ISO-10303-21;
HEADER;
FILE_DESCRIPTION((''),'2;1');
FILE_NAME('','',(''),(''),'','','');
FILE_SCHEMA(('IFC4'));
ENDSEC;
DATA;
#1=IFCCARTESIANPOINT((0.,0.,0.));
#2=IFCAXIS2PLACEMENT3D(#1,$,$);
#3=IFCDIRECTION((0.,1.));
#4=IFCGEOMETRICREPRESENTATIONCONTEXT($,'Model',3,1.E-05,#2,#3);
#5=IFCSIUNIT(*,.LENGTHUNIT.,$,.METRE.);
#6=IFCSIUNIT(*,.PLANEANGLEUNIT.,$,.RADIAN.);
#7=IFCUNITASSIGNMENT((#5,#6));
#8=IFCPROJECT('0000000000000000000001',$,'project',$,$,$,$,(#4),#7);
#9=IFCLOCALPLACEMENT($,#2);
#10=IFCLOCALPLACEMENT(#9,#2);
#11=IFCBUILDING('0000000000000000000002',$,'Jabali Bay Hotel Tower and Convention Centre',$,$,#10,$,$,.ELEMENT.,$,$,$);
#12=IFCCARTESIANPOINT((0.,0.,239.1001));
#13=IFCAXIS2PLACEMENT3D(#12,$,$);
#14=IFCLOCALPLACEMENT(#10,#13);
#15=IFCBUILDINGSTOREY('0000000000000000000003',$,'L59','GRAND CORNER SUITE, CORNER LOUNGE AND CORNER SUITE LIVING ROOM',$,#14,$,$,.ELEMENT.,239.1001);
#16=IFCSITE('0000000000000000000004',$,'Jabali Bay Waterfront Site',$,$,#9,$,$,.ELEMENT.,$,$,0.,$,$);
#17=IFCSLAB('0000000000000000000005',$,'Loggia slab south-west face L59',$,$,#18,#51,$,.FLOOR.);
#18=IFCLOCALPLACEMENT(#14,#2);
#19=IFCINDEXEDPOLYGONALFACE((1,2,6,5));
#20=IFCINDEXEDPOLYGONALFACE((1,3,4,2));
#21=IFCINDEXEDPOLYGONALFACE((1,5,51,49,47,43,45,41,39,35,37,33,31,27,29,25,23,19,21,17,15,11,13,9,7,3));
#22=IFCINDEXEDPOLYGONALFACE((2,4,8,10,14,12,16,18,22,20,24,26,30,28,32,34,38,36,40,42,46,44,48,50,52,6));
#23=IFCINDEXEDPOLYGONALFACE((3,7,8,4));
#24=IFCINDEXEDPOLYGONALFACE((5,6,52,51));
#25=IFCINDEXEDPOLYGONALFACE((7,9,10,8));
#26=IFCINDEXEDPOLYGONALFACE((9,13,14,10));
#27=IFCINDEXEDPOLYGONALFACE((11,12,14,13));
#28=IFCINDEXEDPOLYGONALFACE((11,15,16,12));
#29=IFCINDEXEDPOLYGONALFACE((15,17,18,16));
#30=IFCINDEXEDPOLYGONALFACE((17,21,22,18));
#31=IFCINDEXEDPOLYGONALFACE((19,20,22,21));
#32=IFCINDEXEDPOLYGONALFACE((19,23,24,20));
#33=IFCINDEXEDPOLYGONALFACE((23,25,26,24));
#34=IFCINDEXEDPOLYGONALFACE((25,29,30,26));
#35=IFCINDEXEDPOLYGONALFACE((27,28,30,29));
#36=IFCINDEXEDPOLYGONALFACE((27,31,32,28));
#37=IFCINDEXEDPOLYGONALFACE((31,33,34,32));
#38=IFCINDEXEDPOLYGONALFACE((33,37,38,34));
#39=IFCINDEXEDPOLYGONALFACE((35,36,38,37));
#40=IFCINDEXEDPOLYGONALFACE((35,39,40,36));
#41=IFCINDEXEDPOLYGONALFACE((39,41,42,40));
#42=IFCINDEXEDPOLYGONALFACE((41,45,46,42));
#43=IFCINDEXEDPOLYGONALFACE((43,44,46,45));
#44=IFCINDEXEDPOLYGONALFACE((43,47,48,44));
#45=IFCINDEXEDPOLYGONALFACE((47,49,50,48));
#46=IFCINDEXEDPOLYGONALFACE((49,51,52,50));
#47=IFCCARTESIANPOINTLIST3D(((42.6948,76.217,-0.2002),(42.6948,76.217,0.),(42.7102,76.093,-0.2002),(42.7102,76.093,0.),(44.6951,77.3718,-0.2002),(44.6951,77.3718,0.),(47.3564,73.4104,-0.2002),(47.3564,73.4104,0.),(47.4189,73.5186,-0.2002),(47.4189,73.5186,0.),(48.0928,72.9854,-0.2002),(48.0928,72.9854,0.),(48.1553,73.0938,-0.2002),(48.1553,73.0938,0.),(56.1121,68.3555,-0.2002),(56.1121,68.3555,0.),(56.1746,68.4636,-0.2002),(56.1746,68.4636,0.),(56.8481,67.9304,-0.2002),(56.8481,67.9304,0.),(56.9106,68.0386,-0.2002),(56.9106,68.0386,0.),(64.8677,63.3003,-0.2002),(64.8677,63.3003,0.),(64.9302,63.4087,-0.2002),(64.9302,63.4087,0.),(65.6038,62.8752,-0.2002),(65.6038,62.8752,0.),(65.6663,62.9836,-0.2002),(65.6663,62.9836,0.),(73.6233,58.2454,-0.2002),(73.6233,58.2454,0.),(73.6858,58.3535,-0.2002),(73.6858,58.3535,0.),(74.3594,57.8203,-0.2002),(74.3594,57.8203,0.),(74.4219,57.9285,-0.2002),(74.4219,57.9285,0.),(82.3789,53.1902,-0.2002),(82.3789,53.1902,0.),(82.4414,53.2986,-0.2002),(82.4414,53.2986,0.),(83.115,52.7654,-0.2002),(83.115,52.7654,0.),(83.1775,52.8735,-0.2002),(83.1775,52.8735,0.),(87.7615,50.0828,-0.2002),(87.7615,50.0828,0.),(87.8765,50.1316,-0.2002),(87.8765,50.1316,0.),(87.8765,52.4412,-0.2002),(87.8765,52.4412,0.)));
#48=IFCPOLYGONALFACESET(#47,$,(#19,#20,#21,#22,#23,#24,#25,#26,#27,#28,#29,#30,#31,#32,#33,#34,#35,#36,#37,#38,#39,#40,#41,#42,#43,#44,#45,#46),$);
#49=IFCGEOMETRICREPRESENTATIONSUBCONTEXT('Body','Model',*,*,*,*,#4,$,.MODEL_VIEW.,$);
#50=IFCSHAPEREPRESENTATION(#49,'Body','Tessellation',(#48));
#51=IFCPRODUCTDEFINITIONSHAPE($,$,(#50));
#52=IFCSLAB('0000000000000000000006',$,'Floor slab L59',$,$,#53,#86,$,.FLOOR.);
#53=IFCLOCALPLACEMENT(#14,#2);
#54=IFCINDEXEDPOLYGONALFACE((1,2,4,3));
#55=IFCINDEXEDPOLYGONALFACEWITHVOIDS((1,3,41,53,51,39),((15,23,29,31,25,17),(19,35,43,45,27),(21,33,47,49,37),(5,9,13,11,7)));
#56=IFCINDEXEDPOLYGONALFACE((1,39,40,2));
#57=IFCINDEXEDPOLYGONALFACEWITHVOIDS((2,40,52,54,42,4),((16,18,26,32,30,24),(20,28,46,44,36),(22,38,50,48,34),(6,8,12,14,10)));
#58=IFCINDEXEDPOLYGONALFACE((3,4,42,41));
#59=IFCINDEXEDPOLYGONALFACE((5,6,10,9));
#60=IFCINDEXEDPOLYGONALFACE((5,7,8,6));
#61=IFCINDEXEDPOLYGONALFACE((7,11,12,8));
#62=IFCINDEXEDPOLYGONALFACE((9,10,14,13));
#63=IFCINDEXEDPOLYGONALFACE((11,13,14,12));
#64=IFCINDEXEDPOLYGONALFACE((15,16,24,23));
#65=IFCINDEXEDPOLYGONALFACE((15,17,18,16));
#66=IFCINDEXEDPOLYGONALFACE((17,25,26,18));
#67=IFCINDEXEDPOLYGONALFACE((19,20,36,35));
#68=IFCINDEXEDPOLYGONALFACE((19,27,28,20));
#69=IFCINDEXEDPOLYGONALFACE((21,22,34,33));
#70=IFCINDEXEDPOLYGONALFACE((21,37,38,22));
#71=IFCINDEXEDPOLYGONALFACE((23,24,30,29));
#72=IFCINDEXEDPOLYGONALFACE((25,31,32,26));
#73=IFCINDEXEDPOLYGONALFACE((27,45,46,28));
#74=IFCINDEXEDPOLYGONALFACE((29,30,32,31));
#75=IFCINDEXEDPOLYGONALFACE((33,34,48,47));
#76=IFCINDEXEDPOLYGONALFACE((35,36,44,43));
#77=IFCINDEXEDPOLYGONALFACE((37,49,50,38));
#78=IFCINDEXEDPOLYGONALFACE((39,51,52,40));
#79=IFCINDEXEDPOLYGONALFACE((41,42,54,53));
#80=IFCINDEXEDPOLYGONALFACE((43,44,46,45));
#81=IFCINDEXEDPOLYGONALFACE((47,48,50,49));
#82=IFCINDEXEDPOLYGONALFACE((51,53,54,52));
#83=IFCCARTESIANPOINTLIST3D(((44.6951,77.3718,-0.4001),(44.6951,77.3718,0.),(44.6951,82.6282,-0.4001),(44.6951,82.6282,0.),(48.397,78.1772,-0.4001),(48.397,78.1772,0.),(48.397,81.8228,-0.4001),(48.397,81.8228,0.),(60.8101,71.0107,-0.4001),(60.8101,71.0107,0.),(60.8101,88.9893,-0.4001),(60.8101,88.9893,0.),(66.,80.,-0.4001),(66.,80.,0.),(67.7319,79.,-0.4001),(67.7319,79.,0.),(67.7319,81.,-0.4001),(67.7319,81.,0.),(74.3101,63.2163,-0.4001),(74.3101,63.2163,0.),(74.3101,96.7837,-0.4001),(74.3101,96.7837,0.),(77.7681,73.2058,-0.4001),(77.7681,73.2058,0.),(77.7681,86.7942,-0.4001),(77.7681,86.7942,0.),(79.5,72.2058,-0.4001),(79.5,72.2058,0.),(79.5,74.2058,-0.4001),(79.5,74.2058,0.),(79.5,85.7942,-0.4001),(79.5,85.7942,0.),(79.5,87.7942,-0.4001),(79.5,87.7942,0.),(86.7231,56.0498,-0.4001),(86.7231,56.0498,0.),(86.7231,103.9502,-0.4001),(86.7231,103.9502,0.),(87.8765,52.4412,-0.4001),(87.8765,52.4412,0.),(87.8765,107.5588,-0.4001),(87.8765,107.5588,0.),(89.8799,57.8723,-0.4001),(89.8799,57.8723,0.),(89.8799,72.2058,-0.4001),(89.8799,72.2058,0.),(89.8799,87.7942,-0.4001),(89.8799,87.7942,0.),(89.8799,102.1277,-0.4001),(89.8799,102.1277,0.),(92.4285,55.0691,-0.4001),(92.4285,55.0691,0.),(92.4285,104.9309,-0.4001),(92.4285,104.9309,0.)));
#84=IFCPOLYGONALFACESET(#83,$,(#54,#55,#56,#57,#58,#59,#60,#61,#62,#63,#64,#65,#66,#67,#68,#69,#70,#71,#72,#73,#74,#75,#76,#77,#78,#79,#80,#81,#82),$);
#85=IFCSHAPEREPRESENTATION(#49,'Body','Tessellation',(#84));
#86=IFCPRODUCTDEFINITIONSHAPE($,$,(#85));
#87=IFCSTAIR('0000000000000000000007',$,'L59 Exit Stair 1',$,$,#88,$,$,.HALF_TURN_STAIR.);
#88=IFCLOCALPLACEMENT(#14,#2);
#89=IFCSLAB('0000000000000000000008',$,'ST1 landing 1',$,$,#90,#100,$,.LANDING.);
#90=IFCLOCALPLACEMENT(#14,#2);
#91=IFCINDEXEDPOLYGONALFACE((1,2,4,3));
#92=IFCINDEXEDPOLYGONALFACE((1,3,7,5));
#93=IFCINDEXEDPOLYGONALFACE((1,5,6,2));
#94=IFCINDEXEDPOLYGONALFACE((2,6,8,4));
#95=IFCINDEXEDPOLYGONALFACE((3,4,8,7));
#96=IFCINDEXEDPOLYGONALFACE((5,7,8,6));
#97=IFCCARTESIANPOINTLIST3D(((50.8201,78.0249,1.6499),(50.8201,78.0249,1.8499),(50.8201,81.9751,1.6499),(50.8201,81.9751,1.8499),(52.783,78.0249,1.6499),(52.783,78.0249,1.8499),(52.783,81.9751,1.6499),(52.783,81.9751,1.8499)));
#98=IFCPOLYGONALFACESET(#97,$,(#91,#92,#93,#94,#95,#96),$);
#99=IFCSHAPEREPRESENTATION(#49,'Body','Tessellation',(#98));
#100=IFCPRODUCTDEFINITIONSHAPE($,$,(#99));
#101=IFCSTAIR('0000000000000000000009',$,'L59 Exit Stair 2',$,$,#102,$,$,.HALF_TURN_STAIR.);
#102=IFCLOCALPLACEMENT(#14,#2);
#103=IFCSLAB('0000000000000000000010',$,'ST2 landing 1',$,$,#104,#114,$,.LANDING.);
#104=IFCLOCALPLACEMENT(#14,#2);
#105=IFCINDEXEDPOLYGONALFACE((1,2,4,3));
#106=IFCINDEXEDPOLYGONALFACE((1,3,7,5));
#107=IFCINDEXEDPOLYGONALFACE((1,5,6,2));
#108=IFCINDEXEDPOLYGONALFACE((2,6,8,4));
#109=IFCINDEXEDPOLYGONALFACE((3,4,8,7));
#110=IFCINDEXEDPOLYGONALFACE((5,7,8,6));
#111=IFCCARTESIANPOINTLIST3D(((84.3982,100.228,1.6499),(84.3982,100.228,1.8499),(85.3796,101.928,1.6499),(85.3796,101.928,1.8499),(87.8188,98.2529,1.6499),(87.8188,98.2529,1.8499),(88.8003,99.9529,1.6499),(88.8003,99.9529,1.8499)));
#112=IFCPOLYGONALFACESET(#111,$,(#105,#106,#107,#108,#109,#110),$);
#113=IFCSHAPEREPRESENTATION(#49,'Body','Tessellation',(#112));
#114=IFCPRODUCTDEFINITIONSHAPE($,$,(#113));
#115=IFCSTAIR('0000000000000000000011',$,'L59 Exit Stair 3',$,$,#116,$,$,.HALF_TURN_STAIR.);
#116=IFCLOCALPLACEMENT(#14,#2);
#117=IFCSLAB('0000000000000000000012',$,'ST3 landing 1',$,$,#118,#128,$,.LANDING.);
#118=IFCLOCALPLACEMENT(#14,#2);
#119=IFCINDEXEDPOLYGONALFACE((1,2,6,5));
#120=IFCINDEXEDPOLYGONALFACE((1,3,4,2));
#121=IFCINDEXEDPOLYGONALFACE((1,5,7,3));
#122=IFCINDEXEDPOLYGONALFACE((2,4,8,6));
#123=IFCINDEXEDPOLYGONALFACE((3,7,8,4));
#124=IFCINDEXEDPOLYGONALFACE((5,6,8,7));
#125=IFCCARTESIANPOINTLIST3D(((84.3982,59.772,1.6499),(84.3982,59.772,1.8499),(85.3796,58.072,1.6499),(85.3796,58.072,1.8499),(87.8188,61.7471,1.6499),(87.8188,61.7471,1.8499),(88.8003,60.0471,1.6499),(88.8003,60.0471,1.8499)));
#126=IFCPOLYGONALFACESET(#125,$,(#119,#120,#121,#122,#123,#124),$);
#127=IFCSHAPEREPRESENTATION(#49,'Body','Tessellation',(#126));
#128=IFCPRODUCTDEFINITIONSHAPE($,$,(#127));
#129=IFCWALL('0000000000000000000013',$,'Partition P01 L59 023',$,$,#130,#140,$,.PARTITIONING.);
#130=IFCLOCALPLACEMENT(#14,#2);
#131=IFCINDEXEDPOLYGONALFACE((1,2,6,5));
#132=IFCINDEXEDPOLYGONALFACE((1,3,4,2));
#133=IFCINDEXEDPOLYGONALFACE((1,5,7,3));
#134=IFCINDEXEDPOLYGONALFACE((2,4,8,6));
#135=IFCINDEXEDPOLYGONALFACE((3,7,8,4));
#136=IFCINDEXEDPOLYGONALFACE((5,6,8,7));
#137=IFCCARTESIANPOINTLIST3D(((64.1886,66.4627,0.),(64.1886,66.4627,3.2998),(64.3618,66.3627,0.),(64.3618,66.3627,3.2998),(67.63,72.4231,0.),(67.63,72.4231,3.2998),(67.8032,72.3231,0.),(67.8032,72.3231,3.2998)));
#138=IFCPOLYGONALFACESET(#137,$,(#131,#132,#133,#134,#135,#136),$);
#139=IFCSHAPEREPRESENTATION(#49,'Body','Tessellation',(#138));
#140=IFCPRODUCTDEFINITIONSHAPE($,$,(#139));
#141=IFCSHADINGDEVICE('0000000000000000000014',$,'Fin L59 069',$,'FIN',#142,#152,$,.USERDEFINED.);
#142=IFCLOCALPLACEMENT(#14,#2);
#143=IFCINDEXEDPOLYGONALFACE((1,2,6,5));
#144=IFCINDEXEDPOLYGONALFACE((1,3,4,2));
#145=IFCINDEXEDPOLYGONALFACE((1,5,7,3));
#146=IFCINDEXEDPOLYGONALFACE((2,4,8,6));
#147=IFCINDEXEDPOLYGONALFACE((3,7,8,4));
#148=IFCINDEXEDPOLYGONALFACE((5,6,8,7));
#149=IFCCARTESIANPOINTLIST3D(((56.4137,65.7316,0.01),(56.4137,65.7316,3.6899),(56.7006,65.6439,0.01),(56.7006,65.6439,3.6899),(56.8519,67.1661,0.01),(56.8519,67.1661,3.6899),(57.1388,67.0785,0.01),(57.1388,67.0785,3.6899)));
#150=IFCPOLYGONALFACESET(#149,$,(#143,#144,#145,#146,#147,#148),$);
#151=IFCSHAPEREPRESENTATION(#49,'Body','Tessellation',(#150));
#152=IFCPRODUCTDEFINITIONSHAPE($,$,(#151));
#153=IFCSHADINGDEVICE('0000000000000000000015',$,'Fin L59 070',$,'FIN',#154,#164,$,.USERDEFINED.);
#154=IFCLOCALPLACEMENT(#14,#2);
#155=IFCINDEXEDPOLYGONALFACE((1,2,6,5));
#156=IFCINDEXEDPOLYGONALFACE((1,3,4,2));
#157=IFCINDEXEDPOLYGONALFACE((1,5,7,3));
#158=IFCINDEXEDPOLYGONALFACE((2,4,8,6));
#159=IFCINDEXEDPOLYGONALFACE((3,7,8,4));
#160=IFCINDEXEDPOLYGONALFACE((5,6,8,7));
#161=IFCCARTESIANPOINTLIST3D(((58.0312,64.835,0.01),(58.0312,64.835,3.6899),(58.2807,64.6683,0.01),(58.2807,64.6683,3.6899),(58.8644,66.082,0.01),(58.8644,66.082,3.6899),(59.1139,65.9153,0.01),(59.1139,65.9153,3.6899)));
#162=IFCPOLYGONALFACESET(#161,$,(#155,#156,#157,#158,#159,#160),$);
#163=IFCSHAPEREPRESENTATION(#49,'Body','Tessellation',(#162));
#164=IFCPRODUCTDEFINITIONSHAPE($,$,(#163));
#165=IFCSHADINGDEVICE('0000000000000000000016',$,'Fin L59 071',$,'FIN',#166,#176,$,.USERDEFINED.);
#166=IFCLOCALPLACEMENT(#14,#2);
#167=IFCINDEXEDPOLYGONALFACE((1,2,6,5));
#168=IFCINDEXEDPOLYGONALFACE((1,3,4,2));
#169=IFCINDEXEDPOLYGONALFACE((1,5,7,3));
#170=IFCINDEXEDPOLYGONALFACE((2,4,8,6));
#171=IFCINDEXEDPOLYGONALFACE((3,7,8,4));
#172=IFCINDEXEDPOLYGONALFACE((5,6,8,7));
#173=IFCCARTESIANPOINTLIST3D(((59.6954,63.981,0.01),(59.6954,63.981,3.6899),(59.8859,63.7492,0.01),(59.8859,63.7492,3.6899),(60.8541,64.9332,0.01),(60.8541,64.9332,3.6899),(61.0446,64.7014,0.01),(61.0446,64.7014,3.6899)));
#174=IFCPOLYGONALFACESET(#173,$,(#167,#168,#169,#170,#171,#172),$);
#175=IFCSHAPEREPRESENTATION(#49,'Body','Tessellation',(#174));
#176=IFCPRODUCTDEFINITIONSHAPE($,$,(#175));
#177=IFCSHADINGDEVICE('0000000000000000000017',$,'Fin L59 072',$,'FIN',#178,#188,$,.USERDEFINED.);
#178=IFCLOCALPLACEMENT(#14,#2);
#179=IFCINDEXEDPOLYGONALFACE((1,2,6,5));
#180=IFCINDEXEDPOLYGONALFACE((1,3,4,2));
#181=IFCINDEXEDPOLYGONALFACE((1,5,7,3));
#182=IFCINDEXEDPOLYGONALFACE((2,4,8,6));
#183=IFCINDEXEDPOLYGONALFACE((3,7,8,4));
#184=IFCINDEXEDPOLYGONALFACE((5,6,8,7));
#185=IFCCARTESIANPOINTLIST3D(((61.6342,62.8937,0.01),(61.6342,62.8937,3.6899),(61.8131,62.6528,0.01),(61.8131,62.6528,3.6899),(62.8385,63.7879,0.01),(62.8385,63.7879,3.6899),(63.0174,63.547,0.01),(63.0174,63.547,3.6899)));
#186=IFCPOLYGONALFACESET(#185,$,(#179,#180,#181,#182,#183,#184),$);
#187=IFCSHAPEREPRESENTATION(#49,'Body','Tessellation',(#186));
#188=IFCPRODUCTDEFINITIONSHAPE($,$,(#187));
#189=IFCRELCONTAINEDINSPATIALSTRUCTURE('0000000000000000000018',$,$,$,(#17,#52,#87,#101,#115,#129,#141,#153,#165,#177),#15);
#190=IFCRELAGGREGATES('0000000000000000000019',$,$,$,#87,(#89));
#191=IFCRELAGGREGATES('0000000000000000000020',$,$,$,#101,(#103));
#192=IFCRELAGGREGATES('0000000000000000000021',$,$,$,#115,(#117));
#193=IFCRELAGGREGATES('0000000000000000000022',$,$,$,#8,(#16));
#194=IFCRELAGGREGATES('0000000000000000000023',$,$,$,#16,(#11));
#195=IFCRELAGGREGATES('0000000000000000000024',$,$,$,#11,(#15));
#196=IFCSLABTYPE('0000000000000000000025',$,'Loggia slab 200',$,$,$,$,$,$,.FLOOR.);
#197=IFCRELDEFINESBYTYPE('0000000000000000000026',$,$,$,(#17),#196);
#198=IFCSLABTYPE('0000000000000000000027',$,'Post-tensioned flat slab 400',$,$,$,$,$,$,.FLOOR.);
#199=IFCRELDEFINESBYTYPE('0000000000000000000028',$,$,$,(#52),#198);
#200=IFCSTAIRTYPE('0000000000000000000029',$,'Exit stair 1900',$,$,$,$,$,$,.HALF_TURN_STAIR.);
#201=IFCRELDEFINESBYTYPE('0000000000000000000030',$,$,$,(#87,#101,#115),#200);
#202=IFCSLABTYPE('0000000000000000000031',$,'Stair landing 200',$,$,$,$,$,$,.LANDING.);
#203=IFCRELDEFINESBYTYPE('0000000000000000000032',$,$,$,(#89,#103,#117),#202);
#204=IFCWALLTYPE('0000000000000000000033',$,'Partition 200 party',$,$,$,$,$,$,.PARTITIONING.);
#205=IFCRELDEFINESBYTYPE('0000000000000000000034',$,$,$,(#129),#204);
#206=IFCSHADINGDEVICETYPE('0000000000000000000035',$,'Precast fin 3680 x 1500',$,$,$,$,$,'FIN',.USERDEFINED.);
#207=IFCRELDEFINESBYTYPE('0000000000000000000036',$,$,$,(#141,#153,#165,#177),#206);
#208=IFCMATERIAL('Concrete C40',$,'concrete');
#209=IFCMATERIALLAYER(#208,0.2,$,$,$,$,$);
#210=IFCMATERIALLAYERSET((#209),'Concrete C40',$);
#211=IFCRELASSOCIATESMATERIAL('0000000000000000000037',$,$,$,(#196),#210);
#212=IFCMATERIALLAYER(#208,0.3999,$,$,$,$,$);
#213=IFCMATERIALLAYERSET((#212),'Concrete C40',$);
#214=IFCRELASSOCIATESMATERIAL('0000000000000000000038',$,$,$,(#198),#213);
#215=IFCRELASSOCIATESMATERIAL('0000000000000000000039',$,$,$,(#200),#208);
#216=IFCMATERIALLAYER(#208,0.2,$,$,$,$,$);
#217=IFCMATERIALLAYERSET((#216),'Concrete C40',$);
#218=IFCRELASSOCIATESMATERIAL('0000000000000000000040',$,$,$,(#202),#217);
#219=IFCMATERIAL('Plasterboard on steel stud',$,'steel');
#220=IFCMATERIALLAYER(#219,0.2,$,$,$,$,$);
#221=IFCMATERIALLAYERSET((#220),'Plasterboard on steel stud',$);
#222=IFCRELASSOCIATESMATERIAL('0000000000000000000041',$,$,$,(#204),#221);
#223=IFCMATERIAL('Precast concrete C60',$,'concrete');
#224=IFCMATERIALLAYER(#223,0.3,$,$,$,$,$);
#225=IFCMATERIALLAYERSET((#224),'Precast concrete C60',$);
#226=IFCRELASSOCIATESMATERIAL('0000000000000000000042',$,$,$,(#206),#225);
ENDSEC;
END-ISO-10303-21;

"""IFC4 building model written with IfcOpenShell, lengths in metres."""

from ifc_helpers import new_model, si_unit, direction, frame, frame_2d, origin, place, context, subcontext, project, spatial, polyline, rectangle, outline, extrude, material, layer, layer_set, type_object, element, aggregate, save


model = new_model("IFC4")

# Units and contexts
model_context = context("Model", 3, precision=1e-05, world=origin(), true_north=direction((0.0, 1.0)))
body_context = subcontext(model_context, "Body", "Model", "MODEL_VIEW")
ifc_project = project(units=[si_unit("LENGTHUNIT", "METRE"), si_unit("PLANEANGLEUNIT", "RADIAN")], contexts=[model_context])

# Site, building, storey
site_placement = place(None, origin())
site = spatial("IfcSite", under=ifc_project, at=site_placement, Name="Jabali Bay Waterfront Site", CompositionType="ELEMENT", RefElevation=0.0)
building_placement = place(site_placement, origin())
building = spatial("IfcBuilding", under=site, at=building_placement, Name="Jabali Bay Hotel Tower and Convention Centre", CompositionType="ELEMENT")
storey_placement = place(building_placement, frame((0.0, 0.0, 239.1001)))
storey = spatial("IfcBuildingStorey", under=building, at=storey_placement, Name="L59", Description="GRAND CORNER SUITE, CORNER LOUNGE AND CORNER SUITE LIVING ROOM", CompositionType="ELEMENT", Elevation=239.1001)

# Slabs
ifc_material_1 = material(Name="Concrete C40", Category="concrete")
ifc_layer_1 = layer(ifc_material_1, 0.2)
ifc_layer_set_1 = layer_set([ifc_layer_1], Name="Concrete C40")
slab_type_1 = type_object("IfcSlabType", Name="Loggia slab 200", PredefinedType="FLOOR", material=ifc_layer_set_1)
slab_1_placement = place(storey_placement, frame((0.0, 0.0, -0.2002)))
element("IfcSlab", 1, at=slab_1_placement, inside=storey, type_object=slab_type_1, Name="Loggia slab south-west face L59", PredefinedType="FLOOR", context=body_context, shape_type="SweptSolid", body=[
    extrude(outline(polyline([(87.8765, 52.4412), (87.8765, 50.1316), (87.7615, 50.0828), (83.115, 52.7654), (83.1775, 52.8735), (82.4414, 53.2986), (82.3789, 53.1902), (74.3594, 57.8203), (74.4219, 57.9285), (73.6858, 58.3535), (73.6233, 58.2454), (65.6038, 62.8752), (65.6663, 62.9836), (64.9302, 63.4087), (64.8677, 63.3003), (56.8481, 67.9304), (56.9106, 68.0386), (56.1746, 68.4636), (56.1121, 68.3555), (48.0928, 72.9854), (48.1553, 73.0938), (47.4189, 73.5186), (47.3564, 73.4104), (42.7102, 76.093), (42.6948, 76.217), (44.6951, 77.3718), (87.8765, 52.4412)])), origin(), (0.0, 0.0, 1.0), 0.2002),
])
ifc_layer_2 = layer(ifc_material_1, 0.3999)
ifc_layer_set_2 = layer_set([ifc_layer_2], Name="Concrete C40")
slab_type_2 = type_object("IfcSlabType", Name="Post-tensioned flat slab 400", PredefinedType="FLOOR", material=ifc_layer_set_2)
slab_2_placement = place(storey_placement, frame((0.0, 0.0, -0.4001)))
element("IfcSlab", 2, at=slab_2_placement, inside=storey, type_object=slab_type_2, Name="Floor slab L59", PredefinedType="FLOOR", context=body_context, shape_type="SweptSolid", body=[
    extrude(outline(polyline([(87.8765, 107.5588), (92.4285, 104.9309), (92.4285, 55.0691), (87.8765, 52.4412), (44.6951, 77.3718), (44.6951, 82.6282), (87.8765, 107.5588)]), holes=[polyline([(67.7319, 79.0), (77.7681, 73.2058), (79.5, 74.2058), (79.5, 85.7942), (77.7681, 86.7942), (67.7319, 81.0), (67.7319, 79.0)]), polyline([(48.397, 78.1772), (60.8101, 71.0107), (66.0, 80.0), (60.8101, 88.9893), (48.397, 81.8228), (48.397, 78.1772)]), polyline([(89.8799, 102.1277), (86.7231, 103.9502), (74.3101, 96.7837), (79.5, 87.7942), (89.8799, 87.7942), (89.8799, 102.1277)]), polyline([(74.3101, 63.2163), (86.7231, 56.0498), (89.8799, 57.8723), (89.8799, 72.2058), (79.5, 72.2058), (74.3101, 63.2163)])]), origin(), (0.0, 0.0, 1.0), 0.4001),
])

# Stairs, slabs
stair_type = type_object("IfcStairType", Name="Exit stair 1900", PredefinedType="HALF_TURN_STAIR", material=ifc_material_1)
stair_1_placement = place(storey_placement, origin())
stair_1 = element("IfcStair", 3, at=stair_1_placement, inside=storey, type_object=stair_type, Name="L59 Exit Stair 1", PredefinedType="HALF_TURN_STAIR")
ifc_layer_3 = layer(ifc_material_1, 0.2)
ifc_layer_set_3 = layer_set([ifc_layer_3], Name="Concrete C40")
slab_type_3 = type_object("IfcSlabType", Name="Stair landing 200", PredefinedType="LANDING", material=ifc_layer_set_3)
slab_3_placement = place(storey_placement, frame((0.0, 0.0, 1.6499)))
slab_3 = element("IfcSlab", 4, at=slab_3_placement, type_object=slab_type_3, Name="ST1 landing 1", PredefinedType="LANDING", context=body_context, shape_type="SweptSolid", body=[
    extrude(outline(polyline([(52.783, 81.9751), (50.8201, 81.9751), (50.8201, 78.0249), (52.783, 78.0249), (52.783, 81.9751)])), origin(), (0.0, 0.0, 1.0), 0.2),
])
aggregate(stair_1, [slab_3])
stair_2_placement = place(storey_placement, origin())
stair_2 = element("IfcStair", 5, at=stair_2_placement, inside=storey, type_object=stair_type, Name="L59 Exit Stair 2", PredefinedType="HALF_TURN_STAIR")
slab_4_placement = place(storey_placement, frame((0.0, 0.0, 1.6499)))
slab_4 = element("IfcSlab", 6, at=slab_4_placement, type_object=slab_type_3, Name="ST2 landing 1", PredefinedType="LANDING", context=body_context, shape_type="SweptSolid", body=[
    extrude(outline(polyline([(87.8188, 98.2529), (88.8003, 99.9529), (85.3796, 101.928), (84.3982, 100.228), (87.8188, 98.2529)])), origin(), (0.0, 0.0, 1.0), 0.2),
])
aggregate(stair_2, [slab_4])
stair_3_placement = place(storey_placement, origin())
stair_3 = element("IfcStair", 7, at=stair_3_placement, inside=storey, type_object=stair_type, Name="L59 Exit Stair 3", PredefinedType="HALF_TURN_STAIR")
slab_5_placement = place(storey_placement, frame((0.0, 0.0, 1.6499)))
slab_5 = element("IfcSlab", 8, at=slab_5_placement, type_object=slab_type_3, Name="ST3 landing 1", PredefinedType="LANDING", context=body_context, shape_type="SweptSolid", body=[
    extrude(outline(polyline([(84.3982, 59.772), (85.3796, 58.072), (88.8003, 60.0471), (87.8188, 61.7471), (84.3982, 59.772)])), origin(), (0.0, 0.0, 1.0), 0.2),
])
aggregate(stair_3, [slab_5])

# Wall
ifc_material_2 = material(Name="Plasterboard on steel stud", Category="steel")
ifc_layer_4 = layer(ifc_material_2, 0.2)
ifc_layer_set_4 = layer_set([ifc_layer_4], Name="Plasterboard on steel stud")
wall_type = type_object("IfcWallType", Name="Partition 200 party", PredefinedType="PARTITIONING", material=ifc_layer_set_4)
wall_placement = place(storey_placement, frame((64.2751, 66.4126, 0.0), z_axis=(0.0, 0.0, 1.0), x_axis=(0.500015, 0.866017, 0.0)))
element("IfcWall", 9, at=wall_placement, inside=storey, type_object=wall_type, Name="Partition P01 L59 023", PredefinedType="PARTITIONING", context=body_context, shape_type="SweptSolid", body=[
    extrude(rectangle(XDim=6.8826, YDim=0.2, at=frame_2d((3.4414, 0.0))), origin(), (0.0, 0.0, 1.0), 3.2998),
])

# Shading devices
ifc_material_3 = material(Name="Precast concrete C60", Category="concrete")
ifc_layer_5 = layer(ifc_material_3, 0.3)
ifc_layer_set_5 = layer_set([ifc_layer_5], Name="Precast concrete C60")
shading_device_type = type_object("IfcShadingDeviceType", Name="Precast fin 3680 x 1500", ElementType="FIN", PredefinedType="USERDEFINED", material=ifc_layer_set_5)
shading_device_placement = place(storey_placement, frame((56.9954, 67.1223, 0.01), z_axis=(0.0, 0.0, 1.0), x_axis=(-0.292152, -0.956372, 0.0)))
element("IfcShadingDevice", 10, at=shading_device_placement, inside=storey, type_object=shading_device_type, Name="Fin L59 069", ObjectType="FIN", PredefinedType="USERDEFINED", context=body_context, shape_type="SweptSolid", body=[
    extrude(rectangle(XDim=1.5, YDim=0.3, at=frame_2d((0.75, 0.0))), origin(), (0.0, 0.0, 1.0), 3.6799),
])
for number, where, z_axis, x_axis, name in (
    (11, (58.9893, 65.9988, 0.01), (0.0, 0.0, 1.0), (-0.555564, -0.831474, 0.0), "Fin L59 070"),
    (12, (60.9495, 64.8174, 0.01), (0.0, 0.0, 1.0), (-0.772606, -0.634885, 0.0), "Fin L59 071"),
):
    element("IfcShadingDevice", number, at=place(storey_placement, frame(where, z_axis=z_axis, x_axis=x_axis)), inside=storey, type_object=shading_device_type, Name=name, ObjectType="FIN", PredefinedType="USERDEFINED", context=body_context, shape_type="SweptSolid", body=[
        extrude(rectangle(XDim=1.4998, YDim=0.3, at=frame_2d((0.75, 0.0))), origin(), (0.0, 0.0, 1.0), 3.6799),
    ])
for number, where, z_axis, x_axis, name in (
    (13, (62.928, 63.6675, 0.01), (0.0, 0.0, 1.0), (-0.802862, -0.596165, 0.0), "Fin L59 072"),
):
    element("IfcShadingDevice", number, at=place(storey_placement, frame(where, z_axis=z_axis, x_axis=x_axis)), inside=storey, type_object=shading_device_type, Name=name, ObjectType="FIN", PredefinedType="USERDEFINED", context=body_context, shape_type="SweptSolid", body=[
        extrude(rectangle(XDim=1.5, YDim=0.3, at=frame_2d((0.75, 0.0))), origin(), (0.0, 0.0, 1.0), 3.6799),
    ])

save(model, "model.ifc")
